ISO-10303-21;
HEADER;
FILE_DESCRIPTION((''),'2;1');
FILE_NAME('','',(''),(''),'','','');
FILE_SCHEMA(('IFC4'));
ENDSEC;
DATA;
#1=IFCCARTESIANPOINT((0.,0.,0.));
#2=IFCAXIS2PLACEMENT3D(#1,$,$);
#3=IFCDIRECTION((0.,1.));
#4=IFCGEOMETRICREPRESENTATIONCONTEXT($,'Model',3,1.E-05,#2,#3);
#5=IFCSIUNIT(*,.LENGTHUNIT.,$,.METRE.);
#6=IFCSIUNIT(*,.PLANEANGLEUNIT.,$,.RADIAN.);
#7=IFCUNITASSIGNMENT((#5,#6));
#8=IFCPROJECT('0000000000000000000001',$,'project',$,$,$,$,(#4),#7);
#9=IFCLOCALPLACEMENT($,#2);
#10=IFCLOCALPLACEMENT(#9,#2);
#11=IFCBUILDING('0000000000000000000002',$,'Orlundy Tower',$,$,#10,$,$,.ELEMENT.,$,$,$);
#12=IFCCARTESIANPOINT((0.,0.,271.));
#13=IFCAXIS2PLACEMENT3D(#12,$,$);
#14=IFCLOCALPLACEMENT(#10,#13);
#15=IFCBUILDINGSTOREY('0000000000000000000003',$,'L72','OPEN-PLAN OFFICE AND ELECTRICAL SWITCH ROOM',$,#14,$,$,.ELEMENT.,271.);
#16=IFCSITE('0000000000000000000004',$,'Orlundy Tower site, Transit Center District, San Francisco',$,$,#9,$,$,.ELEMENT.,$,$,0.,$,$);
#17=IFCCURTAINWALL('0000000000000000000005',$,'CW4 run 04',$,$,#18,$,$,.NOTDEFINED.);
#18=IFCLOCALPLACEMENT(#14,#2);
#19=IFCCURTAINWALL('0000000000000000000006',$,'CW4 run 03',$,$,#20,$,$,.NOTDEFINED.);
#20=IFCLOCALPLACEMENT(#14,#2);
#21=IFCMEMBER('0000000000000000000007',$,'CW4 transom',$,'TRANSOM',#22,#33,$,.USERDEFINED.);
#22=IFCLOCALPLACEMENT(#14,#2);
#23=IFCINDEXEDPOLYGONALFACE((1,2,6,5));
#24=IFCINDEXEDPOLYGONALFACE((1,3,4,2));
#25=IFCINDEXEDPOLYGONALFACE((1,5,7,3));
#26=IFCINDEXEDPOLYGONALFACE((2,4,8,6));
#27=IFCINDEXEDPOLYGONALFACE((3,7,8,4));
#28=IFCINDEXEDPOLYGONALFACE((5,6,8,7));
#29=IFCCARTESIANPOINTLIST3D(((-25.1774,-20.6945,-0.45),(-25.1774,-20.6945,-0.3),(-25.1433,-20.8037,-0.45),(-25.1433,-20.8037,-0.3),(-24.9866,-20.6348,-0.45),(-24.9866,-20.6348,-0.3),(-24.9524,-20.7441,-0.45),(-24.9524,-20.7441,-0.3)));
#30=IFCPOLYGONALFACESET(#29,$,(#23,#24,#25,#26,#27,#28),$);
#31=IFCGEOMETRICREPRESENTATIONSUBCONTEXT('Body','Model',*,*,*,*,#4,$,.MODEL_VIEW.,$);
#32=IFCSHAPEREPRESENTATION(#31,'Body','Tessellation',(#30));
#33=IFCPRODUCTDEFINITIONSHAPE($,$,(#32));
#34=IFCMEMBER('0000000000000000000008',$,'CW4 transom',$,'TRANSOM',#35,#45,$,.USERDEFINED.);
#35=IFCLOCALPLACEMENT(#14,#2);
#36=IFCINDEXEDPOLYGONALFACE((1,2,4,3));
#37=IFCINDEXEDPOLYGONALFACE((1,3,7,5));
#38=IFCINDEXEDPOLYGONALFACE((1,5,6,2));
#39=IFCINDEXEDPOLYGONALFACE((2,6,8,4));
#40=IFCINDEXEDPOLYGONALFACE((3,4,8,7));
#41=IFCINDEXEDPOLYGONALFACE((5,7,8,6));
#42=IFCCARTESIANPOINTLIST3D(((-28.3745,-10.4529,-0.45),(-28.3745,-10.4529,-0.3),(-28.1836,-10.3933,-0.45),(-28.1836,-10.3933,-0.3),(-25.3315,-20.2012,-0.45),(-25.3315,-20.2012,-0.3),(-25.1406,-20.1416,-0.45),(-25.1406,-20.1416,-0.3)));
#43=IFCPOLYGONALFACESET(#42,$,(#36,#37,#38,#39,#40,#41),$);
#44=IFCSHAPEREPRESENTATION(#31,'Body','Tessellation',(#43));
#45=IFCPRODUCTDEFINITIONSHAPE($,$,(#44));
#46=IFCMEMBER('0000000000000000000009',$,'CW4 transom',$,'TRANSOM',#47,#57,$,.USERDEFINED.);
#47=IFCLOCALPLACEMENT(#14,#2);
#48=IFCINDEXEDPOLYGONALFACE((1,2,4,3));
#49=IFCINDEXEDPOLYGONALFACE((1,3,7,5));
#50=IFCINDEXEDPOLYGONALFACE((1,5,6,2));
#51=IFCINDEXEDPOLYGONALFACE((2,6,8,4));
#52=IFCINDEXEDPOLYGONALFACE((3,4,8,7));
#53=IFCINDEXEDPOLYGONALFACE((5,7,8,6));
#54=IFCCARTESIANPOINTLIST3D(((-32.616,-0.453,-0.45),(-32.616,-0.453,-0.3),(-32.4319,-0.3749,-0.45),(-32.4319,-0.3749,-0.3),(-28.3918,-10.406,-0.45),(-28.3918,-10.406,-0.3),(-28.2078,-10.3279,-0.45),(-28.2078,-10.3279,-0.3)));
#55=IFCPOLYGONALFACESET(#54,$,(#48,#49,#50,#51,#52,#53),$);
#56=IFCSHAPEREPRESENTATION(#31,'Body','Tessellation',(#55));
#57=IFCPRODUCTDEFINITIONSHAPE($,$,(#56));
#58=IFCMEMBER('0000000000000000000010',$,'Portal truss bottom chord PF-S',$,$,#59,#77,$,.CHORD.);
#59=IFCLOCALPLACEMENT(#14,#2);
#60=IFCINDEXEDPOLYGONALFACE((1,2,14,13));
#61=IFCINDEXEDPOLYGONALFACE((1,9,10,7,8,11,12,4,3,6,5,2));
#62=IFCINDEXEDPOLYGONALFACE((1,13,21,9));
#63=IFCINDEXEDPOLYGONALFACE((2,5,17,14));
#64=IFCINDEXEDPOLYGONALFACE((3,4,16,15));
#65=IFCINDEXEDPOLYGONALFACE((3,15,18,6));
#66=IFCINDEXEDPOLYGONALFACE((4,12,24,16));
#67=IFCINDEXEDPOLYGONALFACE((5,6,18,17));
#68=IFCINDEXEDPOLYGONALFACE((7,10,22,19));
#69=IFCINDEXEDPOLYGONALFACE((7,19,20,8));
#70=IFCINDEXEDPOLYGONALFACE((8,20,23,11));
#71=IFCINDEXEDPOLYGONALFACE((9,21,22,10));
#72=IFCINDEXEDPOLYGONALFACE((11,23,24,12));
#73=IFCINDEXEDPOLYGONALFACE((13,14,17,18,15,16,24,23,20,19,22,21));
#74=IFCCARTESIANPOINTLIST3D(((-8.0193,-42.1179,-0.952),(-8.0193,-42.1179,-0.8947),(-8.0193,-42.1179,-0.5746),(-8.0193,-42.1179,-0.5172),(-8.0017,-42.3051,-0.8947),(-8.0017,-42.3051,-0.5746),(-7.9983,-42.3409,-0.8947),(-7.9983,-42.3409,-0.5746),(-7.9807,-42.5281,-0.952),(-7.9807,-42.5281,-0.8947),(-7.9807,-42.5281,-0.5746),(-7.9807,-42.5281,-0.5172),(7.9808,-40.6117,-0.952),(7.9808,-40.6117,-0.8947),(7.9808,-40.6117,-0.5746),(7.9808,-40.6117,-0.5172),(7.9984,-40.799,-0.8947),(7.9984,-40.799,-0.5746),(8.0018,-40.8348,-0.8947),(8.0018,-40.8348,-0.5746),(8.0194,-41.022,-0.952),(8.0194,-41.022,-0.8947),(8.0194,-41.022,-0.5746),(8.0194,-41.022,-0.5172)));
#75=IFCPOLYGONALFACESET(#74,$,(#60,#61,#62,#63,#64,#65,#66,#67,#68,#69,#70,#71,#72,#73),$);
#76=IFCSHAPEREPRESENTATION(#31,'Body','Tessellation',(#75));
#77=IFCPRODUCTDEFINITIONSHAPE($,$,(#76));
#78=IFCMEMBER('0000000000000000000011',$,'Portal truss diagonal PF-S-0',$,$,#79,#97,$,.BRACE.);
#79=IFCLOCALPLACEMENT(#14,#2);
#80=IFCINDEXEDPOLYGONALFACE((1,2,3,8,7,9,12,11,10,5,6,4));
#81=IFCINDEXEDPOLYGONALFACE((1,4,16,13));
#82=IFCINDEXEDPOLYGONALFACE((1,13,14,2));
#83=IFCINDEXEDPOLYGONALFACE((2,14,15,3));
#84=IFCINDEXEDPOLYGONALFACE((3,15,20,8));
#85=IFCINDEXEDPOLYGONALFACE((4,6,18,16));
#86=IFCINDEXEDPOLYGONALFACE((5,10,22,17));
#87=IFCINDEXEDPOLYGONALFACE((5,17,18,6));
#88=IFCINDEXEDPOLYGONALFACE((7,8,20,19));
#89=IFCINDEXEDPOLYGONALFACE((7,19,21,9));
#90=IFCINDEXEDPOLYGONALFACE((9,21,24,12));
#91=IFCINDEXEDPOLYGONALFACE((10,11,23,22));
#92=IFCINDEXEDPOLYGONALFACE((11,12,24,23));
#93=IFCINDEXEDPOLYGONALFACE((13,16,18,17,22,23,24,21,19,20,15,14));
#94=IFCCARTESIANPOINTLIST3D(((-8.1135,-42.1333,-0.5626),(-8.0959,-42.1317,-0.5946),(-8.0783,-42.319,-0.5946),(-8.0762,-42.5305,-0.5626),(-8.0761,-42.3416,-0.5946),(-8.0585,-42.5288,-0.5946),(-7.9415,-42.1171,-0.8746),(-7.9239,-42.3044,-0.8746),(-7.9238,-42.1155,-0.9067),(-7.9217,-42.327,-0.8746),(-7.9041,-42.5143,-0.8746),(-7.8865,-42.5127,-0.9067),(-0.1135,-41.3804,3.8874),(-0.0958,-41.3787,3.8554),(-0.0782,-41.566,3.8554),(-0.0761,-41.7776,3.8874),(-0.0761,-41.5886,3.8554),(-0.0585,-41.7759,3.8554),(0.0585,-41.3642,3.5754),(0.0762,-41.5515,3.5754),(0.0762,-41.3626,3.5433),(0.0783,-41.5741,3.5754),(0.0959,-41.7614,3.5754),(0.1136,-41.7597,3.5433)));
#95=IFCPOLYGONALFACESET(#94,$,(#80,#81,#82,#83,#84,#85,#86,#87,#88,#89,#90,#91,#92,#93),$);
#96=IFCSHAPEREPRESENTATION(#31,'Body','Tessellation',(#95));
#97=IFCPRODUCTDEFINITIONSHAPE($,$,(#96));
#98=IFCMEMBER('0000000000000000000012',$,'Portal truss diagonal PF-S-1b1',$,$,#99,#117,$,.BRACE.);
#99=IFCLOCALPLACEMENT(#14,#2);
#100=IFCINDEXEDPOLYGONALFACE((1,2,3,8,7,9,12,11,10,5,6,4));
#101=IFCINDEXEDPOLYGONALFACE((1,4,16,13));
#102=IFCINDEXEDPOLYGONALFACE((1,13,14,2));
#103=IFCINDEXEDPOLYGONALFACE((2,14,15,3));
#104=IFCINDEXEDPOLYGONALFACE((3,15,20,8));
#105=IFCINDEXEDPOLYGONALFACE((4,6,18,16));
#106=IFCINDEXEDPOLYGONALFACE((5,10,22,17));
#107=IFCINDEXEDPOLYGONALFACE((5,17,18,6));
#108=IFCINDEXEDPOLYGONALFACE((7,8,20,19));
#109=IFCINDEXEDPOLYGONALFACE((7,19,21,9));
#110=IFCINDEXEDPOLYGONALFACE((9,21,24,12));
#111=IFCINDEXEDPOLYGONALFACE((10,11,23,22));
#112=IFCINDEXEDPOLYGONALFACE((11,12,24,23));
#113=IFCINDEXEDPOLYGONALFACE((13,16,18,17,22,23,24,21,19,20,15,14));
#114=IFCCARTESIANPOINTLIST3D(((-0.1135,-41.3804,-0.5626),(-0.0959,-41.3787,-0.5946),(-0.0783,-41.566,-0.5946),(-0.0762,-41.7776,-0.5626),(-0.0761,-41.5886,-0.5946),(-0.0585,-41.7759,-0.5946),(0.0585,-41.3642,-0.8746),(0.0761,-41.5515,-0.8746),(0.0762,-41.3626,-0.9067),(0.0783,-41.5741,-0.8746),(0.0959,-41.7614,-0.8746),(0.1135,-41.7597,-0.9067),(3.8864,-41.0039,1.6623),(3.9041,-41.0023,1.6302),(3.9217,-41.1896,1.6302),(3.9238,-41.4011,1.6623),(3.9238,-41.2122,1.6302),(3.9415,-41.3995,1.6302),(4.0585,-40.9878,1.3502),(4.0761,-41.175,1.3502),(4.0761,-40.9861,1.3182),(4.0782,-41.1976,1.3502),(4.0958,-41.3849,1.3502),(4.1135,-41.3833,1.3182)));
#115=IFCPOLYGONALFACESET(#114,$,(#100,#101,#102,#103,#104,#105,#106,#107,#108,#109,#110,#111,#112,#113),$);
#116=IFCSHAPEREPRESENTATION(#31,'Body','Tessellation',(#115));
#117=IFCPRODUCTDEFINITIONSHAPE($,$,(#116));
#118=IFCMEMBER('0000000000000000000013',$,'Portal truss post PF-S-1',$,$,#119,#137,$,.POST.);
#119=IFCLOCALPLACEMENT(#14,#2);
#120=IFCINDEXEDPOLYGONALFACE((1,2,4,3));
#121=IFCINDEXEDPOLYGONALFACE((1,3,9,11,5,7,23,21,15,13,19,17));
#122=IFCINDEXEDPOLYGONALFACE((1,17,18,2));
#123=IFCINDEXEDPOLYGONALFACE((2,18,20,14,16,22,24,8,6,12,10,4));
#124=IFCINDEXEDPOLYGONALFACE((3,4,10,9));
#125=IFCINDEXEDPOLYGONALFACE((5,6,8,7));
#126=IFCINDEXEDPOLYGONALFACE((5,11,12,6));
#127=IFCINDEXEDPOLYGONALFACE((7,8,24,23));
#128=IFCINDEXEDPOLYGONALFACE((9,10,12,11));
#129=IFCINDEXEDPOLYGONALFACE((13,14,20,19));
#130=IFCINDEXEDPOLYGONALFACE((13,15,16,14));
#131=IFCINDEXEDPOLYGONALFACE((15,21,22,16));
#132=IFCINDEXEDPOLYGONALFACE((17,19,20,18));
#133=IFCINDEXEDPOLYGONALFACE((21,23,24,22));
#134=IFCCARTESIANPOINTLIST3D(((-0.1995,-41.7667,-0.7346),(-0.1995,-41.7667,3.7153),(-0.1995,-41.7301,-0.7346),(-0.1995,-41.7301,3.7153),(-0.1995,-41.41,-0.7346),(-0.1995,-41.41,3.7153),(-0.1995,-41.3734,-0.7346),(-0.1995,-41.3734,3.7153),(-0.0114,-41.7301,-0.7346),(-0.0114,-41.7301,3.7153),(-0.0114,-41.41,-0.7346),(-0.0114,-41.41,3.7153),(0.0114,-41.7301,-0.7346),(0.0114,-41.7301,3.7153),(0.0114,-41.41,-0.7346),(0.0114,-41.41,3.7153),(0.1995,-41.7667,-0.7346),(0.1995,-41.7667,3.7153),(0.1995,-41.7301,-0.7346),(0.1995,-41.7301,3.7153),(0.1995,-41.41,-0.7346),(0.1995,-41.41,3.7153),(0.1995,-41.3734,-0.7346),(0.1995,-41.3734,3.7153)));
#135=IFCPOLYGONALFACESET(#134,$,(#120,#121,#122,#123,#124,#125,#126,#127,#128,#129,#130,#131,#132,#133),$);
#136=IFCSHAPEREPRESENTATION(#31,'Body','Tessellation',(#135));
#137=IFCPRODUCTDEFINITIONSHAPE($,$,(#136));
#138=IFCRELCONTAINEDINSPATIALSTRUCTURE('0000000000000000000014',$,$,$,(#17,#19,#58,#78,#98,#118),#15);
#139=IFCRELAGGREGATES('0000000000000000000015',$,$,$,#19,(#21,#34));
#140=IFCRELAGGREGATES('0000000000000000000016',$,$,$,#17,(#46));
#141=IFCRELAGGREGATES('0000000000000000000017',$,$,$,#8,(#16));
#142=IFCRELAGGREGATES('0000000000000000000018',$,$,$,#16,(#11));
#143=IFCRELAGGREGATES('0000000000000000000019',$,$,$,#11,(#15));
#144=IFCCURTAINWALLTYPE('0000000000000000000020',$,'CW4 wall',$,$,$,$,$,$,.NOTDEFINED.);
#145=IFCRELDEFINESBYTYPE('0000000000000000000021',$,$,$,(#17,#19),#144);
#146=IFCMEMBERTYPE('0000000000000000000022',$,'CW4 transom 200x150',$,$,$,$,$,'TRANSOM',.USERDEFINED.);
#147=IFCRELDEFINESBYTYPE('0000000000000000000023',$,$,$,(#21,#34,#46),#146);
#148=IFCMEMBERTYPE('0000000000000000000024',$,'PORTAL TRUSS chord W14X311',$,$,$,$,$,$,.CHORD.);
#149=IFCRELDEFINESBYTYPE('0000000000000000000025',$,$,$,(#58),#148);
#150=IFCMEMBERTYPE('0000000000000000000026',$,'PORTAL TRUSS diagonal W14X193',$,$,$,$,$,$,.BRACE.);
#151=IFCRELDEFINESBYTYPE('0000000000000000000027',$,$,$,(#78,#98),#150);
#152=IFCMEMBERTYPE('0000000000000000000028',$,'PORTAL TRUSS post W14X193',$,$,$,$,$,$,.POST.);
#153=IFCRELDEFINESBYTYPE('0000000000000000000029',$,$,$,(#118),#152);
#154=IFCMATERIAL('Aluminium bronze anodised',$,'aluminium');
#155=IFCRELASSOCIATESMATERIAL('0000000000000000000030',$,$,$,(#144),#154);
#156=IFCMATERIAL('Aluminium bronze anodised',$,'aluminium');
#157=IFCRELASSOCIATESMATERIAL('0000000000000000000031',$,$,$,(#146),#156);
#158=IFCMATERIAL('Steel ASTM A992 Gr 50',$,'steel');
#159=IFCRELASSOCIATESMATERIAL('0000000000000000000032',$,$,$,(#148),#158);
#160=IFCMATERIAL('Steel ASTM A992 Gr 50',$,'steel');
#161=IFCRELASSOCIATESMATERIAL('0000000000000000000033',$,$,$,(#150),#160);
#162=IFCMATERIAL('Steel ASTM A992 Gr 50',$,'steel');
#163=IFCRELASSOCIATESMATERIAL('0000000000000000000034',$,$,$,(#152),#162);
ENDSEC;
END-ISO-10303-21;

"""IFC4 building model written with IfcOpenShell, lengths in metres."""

from ifc_helpers import new_model, si_unit, direction, frame, origin, origin_2d, place, context, subcontext, project, spatial, rectangle, i_section, extrude, material, material_profile, profile_set, type_object, element, aggregate, save


model = new_model("IFC4")

# Units and contexts
model_context = context("Model", 3, precision=1e-05, world=origin(), true_north=direction((0.0, 1.0)))
body_context = subcontext(model_context, "Body", "Model", "MODEL_VIEW")
ifc_project = project(units=[si_unit("LENGTHUNIT", "METRE"), si_unit("PLANEANGLEUNIT", "RADIAN")], contexts=[model_context])

# Site, building, storey
site_placement = place(None, origin())
site = spatial("IfcSite", under=ifc_project, at=site_placement, Name="Orlundy Tower site, Transit Center District, San Francisco", CompositionType="ELEMENT", RefElevation=0.0)
building_placement = place(site_placement, origin())
building = spatial("IfcBuilding", under=site, at=building_placement, Name="Orlundy Tower", CompositionType="ELEMENT")
storey_placement = place(building_placement, frame((0.0, 0.0, 271.0)))
storey = spatial("IfcBuildingStorey", under=building, at=storey_placement, Name="L72", Description="OPEN-PLAN OFFICE AND ELECTRICAL SWITCH ROOM", CompositionType="ELEMENT", Elevation=271.0)

# Curtain wall
ifc_material_1 = material(Name="Aluminium bronze anodised", Category="aluminium")
curtain_wall_type = type_object("IfcCurtainWallType", Name="CW4 wall", PredefinedType="NOTDEFINED", material=ifc_material_1)
curtain_wall_1_placement = place(storey_placement, origin())
curtain_wall_1 = element("IfcCurtainWall", 1, at=curtain_wall_1_placement, inside=storey, type_object=curtain_wall_type, Name="CW4 run 04", PredefinedType="NOTDEFINED")

# Shared definitions
ifc_material_2 = material(Name="Aluminium bronze anodised", Category="aluminium")
ifc_material_profile_1 = material_profile(ifc_material_2, rectangle(XDim=0.2, YDim=0.1499, at=origin_2d()), Name="CW4 transom 200x150")
ifc_profile_set_1 = profile_set([ifc_material_profile_1], Name="Aluminium bronze anodised")
member_type_1 = type_object("IfcMemberType", Name="CW4 transom 200x150", ElementType="TRANSOM", PredefinedType="USERDEFINED", material=ifc_profile_set_1)

# Curtain wall, members
curtain_wall_2_placement = place(storey_placement, origin())
curtain_wall_2 = element("IfcCurtainWall", 2, at=curtain_wall_2_placement, inside=storey, type_object=curtain_wall_type, Name="CW4 run 03", PredefinedType="NOTDEFINED")
member_1_placement = place(storey_placement, frame((-25.0479, -20.7739, -0.375), z_axis=(-0.298275, 0.95448, 0.0), x_axis=(-0.95448, -0.298275, 0.0)))
member_1 = element("IfcMember", 3, at=member_1_placement, type_object=member_type_1, Name="CW4 transom", ObjectType="TRANSOM", PredefinedType="USERDEFINED", context=body_context, shape_type="SweptSolid", body=[
    extrude(rectangle(XDim=0.2, YDim=0.1499, at=origin_2d()), origin(), (0.0, 0.0, 1.0), 0.1145),
])
member_2_placement = place(storey_placement, frame((-25.2361, -20.1714, -0.375), z_axis=(-0.297974, 0.954574, 0.0), x_axis=(-0.954574, -0.297974, 0.0)))
member_2 = element("IfcMember", 4, at=member_2_placement, type_object=member_type_1, Name="CW4 transom", ObjectType="TRANSOM", PredefinedType="USERDEFINED", context=body_context, shape_type="SweptSolid", body=[
    extrude(rectangle(XDim=0.2, YDim=0.1499, at=origin_2d()), origin(), (0.0, 0.0, 1.0), 10.2122),
])
aggregate(curtain_wall_2, [member_1, member_2])

# Member
member_3_placement = place(storey_placement, frame((-28.2998, -10.3669, -0.375), z_axis=(-0.390682, 0.920526, 0.0), x_axis=(-0.920526, -0.390682, 0.0)))
member_3 = element("IfcMember", 5, at=member_3_placement, type_object=member_type_1, Name="CW4 transom", ObjectType="TRANSOM", PredefinedType="USERDEFINED", context=body_context, shape_type="SweptSolid", body=[
    extrude(rectangle(XDim=0.2, YDim=0.1499, at=origin_2d()), origin(), (0.0, 0.0, 1.0), 10.8123),
])
aggregate(curtain_wall_1, [member_3])

# Members
ifc_material_3 = material(Name="Steel ASTM A992 Gr 50", Category="steel")
ifc_material_profile_2 = material_profile(ifc_material_3, i_section(OverallWidth=0.4121, OverallDepth=0.4348, WebThickness=0.0359, FlangeThickness=0.0574, at=origin_2d()), Name="W14X311")
ifc_profile_set_2 = profile_set([ifc_material_profile_2], Name="Steel ASTM A992 Gr 50")
member_type_2 = type_object("IfcMemberType", Name="PORTAL TRUSS chord W14X311", PredefinedType="CHORD", material=ifc_profile_set_2)
member_4_placement = place(storey_placement, frame((-8.0, -42.323, -0.7346), z_axis=(0.995599, 0.093717, 0.0), x_axis=(-0.093717, 0.995599, 0.0)))
element("IfcMember", 6, at=member_4_placement, inside=storey, type_object=member_type_2, Name="Portal truss bottom chord PF-S", PredefinedType="CHORD", context=body_context, shape_type="SweptSolid", body=[
    extrude(i_section(OverallWidth=0.4121, OverallDepth=0.4348, WebThickness=0.0359, FlangeThickness=0.0574, at=origin_2d()), origin(), (0.0, 0.0, 1.0), 16.0708),
])
ifc_material_4 = material(Name="Steel ASTM A992 Gr 50", Category="steel")
ifc_material_profile_3 = material_profile(ifc_material_4, i_section(OverallWidth=0.3989, OverallDepth=0.3933, WebThickness=0.0227, FlangeThickness=0.0366, at=origin_2d()), Name="W14X193")
ifc_profile_set_3 = profile_set([ifc_material_profile_3], Name="Steel ASTM A992 Gr 50")
member_type_3 = type_object("IfcMemberType", Name="PORTAL TRUSS diagonal W14X193", PredefinedType="BRACE", material=ifc_profile_set_3)
member_5_placement = place(storey_placement, frame((-8.0, -42.323, -0.7346), z_axis=(0.870961, 0.081972, 0.484467), x_axis=(-0.093702, 0.9956, 0.0)))
element("IfcMember", 7, at=member_5_placement, inside=storey, type_object=member_type_3, Name="Portal truss diagonal PF-S-0", PredefinedType="BRACE", context=body_context, shape_type="SweptSolid", body=[
    extrude(i_section(OverallWidth=0.3989, OverallDepth=0.3933, WebThickness=0.0227, FlangeThickness=0.0366, at=origin_2d()), origin(), (0.0, 0.0, 1.0), 9.1853),
])
member_6_placement = place(storey_placement, frame((0.0, -41.5701, -0.7346), z_axis=(0.870972, 0.081973, 0.484446), x_axis=(-0.093702, 0.9956, 0.0)))
element("IfcMember", 8, at=member_6_placement, inside=storey, type_object=member_type_3, Name="Portal truss diagonal PF-S-1b1", PredefinedType="BRACE", context=body_context, shape_type="SweptSolid", body=[
    extrude(i_section(OverallWidth=0.3989, OverallDepth=0.3933, WebThickness=0.0227, FlangeThickness=0.0366, at=origin_2d()), origin(), (0.0, 0.0, 1.0), 4.5925),
])
ifc_material_5 = material(Name="Steel ASTM A992 Gr 50", Category="steel")
ifc_material_profile_4 = material_profile(ifc_material_5, i_section(OverallWidth=0.3989, OverallDepth=0.3933, WebThickness=0.0227, FlangeThickness=0.0366, at=origin_2d()), Name="W14X193")
ifc_profile_set_4 = profile_set([ifc_material_profile_4], Name="Steel ASTM A992 Gr 50")
member_type_4 = type_object("IfcMemberType", Name="PORTAL TRUSS post W14X193", PredefinedType="POST", material=ifc_profile_set_4)
member_7_placement = place(storey_placement, frame((0.0, -41.5701, -0.7346), z_axis=(0.0, 0.0, 1.0), x_axis=(1.0, 0.0, 0.0)))
element("IfcMember", 9, at=member_7_placement, inside=storey, type_object=member_type_4, Name="Portal truss post PF-S-1", PredefinedType="POST", context=body_context, shape_type="SweptSolid", body=[
    extrude(i_section(OverallWidth=0.3989, OverallDepth=0.3933, WebThickness=0.0227, FlangeThickness=0.0366, at=origin_2d()), origin(), (0.0, 0.0, 1.0), 4.45),
])

save(model, "model.ifc")
